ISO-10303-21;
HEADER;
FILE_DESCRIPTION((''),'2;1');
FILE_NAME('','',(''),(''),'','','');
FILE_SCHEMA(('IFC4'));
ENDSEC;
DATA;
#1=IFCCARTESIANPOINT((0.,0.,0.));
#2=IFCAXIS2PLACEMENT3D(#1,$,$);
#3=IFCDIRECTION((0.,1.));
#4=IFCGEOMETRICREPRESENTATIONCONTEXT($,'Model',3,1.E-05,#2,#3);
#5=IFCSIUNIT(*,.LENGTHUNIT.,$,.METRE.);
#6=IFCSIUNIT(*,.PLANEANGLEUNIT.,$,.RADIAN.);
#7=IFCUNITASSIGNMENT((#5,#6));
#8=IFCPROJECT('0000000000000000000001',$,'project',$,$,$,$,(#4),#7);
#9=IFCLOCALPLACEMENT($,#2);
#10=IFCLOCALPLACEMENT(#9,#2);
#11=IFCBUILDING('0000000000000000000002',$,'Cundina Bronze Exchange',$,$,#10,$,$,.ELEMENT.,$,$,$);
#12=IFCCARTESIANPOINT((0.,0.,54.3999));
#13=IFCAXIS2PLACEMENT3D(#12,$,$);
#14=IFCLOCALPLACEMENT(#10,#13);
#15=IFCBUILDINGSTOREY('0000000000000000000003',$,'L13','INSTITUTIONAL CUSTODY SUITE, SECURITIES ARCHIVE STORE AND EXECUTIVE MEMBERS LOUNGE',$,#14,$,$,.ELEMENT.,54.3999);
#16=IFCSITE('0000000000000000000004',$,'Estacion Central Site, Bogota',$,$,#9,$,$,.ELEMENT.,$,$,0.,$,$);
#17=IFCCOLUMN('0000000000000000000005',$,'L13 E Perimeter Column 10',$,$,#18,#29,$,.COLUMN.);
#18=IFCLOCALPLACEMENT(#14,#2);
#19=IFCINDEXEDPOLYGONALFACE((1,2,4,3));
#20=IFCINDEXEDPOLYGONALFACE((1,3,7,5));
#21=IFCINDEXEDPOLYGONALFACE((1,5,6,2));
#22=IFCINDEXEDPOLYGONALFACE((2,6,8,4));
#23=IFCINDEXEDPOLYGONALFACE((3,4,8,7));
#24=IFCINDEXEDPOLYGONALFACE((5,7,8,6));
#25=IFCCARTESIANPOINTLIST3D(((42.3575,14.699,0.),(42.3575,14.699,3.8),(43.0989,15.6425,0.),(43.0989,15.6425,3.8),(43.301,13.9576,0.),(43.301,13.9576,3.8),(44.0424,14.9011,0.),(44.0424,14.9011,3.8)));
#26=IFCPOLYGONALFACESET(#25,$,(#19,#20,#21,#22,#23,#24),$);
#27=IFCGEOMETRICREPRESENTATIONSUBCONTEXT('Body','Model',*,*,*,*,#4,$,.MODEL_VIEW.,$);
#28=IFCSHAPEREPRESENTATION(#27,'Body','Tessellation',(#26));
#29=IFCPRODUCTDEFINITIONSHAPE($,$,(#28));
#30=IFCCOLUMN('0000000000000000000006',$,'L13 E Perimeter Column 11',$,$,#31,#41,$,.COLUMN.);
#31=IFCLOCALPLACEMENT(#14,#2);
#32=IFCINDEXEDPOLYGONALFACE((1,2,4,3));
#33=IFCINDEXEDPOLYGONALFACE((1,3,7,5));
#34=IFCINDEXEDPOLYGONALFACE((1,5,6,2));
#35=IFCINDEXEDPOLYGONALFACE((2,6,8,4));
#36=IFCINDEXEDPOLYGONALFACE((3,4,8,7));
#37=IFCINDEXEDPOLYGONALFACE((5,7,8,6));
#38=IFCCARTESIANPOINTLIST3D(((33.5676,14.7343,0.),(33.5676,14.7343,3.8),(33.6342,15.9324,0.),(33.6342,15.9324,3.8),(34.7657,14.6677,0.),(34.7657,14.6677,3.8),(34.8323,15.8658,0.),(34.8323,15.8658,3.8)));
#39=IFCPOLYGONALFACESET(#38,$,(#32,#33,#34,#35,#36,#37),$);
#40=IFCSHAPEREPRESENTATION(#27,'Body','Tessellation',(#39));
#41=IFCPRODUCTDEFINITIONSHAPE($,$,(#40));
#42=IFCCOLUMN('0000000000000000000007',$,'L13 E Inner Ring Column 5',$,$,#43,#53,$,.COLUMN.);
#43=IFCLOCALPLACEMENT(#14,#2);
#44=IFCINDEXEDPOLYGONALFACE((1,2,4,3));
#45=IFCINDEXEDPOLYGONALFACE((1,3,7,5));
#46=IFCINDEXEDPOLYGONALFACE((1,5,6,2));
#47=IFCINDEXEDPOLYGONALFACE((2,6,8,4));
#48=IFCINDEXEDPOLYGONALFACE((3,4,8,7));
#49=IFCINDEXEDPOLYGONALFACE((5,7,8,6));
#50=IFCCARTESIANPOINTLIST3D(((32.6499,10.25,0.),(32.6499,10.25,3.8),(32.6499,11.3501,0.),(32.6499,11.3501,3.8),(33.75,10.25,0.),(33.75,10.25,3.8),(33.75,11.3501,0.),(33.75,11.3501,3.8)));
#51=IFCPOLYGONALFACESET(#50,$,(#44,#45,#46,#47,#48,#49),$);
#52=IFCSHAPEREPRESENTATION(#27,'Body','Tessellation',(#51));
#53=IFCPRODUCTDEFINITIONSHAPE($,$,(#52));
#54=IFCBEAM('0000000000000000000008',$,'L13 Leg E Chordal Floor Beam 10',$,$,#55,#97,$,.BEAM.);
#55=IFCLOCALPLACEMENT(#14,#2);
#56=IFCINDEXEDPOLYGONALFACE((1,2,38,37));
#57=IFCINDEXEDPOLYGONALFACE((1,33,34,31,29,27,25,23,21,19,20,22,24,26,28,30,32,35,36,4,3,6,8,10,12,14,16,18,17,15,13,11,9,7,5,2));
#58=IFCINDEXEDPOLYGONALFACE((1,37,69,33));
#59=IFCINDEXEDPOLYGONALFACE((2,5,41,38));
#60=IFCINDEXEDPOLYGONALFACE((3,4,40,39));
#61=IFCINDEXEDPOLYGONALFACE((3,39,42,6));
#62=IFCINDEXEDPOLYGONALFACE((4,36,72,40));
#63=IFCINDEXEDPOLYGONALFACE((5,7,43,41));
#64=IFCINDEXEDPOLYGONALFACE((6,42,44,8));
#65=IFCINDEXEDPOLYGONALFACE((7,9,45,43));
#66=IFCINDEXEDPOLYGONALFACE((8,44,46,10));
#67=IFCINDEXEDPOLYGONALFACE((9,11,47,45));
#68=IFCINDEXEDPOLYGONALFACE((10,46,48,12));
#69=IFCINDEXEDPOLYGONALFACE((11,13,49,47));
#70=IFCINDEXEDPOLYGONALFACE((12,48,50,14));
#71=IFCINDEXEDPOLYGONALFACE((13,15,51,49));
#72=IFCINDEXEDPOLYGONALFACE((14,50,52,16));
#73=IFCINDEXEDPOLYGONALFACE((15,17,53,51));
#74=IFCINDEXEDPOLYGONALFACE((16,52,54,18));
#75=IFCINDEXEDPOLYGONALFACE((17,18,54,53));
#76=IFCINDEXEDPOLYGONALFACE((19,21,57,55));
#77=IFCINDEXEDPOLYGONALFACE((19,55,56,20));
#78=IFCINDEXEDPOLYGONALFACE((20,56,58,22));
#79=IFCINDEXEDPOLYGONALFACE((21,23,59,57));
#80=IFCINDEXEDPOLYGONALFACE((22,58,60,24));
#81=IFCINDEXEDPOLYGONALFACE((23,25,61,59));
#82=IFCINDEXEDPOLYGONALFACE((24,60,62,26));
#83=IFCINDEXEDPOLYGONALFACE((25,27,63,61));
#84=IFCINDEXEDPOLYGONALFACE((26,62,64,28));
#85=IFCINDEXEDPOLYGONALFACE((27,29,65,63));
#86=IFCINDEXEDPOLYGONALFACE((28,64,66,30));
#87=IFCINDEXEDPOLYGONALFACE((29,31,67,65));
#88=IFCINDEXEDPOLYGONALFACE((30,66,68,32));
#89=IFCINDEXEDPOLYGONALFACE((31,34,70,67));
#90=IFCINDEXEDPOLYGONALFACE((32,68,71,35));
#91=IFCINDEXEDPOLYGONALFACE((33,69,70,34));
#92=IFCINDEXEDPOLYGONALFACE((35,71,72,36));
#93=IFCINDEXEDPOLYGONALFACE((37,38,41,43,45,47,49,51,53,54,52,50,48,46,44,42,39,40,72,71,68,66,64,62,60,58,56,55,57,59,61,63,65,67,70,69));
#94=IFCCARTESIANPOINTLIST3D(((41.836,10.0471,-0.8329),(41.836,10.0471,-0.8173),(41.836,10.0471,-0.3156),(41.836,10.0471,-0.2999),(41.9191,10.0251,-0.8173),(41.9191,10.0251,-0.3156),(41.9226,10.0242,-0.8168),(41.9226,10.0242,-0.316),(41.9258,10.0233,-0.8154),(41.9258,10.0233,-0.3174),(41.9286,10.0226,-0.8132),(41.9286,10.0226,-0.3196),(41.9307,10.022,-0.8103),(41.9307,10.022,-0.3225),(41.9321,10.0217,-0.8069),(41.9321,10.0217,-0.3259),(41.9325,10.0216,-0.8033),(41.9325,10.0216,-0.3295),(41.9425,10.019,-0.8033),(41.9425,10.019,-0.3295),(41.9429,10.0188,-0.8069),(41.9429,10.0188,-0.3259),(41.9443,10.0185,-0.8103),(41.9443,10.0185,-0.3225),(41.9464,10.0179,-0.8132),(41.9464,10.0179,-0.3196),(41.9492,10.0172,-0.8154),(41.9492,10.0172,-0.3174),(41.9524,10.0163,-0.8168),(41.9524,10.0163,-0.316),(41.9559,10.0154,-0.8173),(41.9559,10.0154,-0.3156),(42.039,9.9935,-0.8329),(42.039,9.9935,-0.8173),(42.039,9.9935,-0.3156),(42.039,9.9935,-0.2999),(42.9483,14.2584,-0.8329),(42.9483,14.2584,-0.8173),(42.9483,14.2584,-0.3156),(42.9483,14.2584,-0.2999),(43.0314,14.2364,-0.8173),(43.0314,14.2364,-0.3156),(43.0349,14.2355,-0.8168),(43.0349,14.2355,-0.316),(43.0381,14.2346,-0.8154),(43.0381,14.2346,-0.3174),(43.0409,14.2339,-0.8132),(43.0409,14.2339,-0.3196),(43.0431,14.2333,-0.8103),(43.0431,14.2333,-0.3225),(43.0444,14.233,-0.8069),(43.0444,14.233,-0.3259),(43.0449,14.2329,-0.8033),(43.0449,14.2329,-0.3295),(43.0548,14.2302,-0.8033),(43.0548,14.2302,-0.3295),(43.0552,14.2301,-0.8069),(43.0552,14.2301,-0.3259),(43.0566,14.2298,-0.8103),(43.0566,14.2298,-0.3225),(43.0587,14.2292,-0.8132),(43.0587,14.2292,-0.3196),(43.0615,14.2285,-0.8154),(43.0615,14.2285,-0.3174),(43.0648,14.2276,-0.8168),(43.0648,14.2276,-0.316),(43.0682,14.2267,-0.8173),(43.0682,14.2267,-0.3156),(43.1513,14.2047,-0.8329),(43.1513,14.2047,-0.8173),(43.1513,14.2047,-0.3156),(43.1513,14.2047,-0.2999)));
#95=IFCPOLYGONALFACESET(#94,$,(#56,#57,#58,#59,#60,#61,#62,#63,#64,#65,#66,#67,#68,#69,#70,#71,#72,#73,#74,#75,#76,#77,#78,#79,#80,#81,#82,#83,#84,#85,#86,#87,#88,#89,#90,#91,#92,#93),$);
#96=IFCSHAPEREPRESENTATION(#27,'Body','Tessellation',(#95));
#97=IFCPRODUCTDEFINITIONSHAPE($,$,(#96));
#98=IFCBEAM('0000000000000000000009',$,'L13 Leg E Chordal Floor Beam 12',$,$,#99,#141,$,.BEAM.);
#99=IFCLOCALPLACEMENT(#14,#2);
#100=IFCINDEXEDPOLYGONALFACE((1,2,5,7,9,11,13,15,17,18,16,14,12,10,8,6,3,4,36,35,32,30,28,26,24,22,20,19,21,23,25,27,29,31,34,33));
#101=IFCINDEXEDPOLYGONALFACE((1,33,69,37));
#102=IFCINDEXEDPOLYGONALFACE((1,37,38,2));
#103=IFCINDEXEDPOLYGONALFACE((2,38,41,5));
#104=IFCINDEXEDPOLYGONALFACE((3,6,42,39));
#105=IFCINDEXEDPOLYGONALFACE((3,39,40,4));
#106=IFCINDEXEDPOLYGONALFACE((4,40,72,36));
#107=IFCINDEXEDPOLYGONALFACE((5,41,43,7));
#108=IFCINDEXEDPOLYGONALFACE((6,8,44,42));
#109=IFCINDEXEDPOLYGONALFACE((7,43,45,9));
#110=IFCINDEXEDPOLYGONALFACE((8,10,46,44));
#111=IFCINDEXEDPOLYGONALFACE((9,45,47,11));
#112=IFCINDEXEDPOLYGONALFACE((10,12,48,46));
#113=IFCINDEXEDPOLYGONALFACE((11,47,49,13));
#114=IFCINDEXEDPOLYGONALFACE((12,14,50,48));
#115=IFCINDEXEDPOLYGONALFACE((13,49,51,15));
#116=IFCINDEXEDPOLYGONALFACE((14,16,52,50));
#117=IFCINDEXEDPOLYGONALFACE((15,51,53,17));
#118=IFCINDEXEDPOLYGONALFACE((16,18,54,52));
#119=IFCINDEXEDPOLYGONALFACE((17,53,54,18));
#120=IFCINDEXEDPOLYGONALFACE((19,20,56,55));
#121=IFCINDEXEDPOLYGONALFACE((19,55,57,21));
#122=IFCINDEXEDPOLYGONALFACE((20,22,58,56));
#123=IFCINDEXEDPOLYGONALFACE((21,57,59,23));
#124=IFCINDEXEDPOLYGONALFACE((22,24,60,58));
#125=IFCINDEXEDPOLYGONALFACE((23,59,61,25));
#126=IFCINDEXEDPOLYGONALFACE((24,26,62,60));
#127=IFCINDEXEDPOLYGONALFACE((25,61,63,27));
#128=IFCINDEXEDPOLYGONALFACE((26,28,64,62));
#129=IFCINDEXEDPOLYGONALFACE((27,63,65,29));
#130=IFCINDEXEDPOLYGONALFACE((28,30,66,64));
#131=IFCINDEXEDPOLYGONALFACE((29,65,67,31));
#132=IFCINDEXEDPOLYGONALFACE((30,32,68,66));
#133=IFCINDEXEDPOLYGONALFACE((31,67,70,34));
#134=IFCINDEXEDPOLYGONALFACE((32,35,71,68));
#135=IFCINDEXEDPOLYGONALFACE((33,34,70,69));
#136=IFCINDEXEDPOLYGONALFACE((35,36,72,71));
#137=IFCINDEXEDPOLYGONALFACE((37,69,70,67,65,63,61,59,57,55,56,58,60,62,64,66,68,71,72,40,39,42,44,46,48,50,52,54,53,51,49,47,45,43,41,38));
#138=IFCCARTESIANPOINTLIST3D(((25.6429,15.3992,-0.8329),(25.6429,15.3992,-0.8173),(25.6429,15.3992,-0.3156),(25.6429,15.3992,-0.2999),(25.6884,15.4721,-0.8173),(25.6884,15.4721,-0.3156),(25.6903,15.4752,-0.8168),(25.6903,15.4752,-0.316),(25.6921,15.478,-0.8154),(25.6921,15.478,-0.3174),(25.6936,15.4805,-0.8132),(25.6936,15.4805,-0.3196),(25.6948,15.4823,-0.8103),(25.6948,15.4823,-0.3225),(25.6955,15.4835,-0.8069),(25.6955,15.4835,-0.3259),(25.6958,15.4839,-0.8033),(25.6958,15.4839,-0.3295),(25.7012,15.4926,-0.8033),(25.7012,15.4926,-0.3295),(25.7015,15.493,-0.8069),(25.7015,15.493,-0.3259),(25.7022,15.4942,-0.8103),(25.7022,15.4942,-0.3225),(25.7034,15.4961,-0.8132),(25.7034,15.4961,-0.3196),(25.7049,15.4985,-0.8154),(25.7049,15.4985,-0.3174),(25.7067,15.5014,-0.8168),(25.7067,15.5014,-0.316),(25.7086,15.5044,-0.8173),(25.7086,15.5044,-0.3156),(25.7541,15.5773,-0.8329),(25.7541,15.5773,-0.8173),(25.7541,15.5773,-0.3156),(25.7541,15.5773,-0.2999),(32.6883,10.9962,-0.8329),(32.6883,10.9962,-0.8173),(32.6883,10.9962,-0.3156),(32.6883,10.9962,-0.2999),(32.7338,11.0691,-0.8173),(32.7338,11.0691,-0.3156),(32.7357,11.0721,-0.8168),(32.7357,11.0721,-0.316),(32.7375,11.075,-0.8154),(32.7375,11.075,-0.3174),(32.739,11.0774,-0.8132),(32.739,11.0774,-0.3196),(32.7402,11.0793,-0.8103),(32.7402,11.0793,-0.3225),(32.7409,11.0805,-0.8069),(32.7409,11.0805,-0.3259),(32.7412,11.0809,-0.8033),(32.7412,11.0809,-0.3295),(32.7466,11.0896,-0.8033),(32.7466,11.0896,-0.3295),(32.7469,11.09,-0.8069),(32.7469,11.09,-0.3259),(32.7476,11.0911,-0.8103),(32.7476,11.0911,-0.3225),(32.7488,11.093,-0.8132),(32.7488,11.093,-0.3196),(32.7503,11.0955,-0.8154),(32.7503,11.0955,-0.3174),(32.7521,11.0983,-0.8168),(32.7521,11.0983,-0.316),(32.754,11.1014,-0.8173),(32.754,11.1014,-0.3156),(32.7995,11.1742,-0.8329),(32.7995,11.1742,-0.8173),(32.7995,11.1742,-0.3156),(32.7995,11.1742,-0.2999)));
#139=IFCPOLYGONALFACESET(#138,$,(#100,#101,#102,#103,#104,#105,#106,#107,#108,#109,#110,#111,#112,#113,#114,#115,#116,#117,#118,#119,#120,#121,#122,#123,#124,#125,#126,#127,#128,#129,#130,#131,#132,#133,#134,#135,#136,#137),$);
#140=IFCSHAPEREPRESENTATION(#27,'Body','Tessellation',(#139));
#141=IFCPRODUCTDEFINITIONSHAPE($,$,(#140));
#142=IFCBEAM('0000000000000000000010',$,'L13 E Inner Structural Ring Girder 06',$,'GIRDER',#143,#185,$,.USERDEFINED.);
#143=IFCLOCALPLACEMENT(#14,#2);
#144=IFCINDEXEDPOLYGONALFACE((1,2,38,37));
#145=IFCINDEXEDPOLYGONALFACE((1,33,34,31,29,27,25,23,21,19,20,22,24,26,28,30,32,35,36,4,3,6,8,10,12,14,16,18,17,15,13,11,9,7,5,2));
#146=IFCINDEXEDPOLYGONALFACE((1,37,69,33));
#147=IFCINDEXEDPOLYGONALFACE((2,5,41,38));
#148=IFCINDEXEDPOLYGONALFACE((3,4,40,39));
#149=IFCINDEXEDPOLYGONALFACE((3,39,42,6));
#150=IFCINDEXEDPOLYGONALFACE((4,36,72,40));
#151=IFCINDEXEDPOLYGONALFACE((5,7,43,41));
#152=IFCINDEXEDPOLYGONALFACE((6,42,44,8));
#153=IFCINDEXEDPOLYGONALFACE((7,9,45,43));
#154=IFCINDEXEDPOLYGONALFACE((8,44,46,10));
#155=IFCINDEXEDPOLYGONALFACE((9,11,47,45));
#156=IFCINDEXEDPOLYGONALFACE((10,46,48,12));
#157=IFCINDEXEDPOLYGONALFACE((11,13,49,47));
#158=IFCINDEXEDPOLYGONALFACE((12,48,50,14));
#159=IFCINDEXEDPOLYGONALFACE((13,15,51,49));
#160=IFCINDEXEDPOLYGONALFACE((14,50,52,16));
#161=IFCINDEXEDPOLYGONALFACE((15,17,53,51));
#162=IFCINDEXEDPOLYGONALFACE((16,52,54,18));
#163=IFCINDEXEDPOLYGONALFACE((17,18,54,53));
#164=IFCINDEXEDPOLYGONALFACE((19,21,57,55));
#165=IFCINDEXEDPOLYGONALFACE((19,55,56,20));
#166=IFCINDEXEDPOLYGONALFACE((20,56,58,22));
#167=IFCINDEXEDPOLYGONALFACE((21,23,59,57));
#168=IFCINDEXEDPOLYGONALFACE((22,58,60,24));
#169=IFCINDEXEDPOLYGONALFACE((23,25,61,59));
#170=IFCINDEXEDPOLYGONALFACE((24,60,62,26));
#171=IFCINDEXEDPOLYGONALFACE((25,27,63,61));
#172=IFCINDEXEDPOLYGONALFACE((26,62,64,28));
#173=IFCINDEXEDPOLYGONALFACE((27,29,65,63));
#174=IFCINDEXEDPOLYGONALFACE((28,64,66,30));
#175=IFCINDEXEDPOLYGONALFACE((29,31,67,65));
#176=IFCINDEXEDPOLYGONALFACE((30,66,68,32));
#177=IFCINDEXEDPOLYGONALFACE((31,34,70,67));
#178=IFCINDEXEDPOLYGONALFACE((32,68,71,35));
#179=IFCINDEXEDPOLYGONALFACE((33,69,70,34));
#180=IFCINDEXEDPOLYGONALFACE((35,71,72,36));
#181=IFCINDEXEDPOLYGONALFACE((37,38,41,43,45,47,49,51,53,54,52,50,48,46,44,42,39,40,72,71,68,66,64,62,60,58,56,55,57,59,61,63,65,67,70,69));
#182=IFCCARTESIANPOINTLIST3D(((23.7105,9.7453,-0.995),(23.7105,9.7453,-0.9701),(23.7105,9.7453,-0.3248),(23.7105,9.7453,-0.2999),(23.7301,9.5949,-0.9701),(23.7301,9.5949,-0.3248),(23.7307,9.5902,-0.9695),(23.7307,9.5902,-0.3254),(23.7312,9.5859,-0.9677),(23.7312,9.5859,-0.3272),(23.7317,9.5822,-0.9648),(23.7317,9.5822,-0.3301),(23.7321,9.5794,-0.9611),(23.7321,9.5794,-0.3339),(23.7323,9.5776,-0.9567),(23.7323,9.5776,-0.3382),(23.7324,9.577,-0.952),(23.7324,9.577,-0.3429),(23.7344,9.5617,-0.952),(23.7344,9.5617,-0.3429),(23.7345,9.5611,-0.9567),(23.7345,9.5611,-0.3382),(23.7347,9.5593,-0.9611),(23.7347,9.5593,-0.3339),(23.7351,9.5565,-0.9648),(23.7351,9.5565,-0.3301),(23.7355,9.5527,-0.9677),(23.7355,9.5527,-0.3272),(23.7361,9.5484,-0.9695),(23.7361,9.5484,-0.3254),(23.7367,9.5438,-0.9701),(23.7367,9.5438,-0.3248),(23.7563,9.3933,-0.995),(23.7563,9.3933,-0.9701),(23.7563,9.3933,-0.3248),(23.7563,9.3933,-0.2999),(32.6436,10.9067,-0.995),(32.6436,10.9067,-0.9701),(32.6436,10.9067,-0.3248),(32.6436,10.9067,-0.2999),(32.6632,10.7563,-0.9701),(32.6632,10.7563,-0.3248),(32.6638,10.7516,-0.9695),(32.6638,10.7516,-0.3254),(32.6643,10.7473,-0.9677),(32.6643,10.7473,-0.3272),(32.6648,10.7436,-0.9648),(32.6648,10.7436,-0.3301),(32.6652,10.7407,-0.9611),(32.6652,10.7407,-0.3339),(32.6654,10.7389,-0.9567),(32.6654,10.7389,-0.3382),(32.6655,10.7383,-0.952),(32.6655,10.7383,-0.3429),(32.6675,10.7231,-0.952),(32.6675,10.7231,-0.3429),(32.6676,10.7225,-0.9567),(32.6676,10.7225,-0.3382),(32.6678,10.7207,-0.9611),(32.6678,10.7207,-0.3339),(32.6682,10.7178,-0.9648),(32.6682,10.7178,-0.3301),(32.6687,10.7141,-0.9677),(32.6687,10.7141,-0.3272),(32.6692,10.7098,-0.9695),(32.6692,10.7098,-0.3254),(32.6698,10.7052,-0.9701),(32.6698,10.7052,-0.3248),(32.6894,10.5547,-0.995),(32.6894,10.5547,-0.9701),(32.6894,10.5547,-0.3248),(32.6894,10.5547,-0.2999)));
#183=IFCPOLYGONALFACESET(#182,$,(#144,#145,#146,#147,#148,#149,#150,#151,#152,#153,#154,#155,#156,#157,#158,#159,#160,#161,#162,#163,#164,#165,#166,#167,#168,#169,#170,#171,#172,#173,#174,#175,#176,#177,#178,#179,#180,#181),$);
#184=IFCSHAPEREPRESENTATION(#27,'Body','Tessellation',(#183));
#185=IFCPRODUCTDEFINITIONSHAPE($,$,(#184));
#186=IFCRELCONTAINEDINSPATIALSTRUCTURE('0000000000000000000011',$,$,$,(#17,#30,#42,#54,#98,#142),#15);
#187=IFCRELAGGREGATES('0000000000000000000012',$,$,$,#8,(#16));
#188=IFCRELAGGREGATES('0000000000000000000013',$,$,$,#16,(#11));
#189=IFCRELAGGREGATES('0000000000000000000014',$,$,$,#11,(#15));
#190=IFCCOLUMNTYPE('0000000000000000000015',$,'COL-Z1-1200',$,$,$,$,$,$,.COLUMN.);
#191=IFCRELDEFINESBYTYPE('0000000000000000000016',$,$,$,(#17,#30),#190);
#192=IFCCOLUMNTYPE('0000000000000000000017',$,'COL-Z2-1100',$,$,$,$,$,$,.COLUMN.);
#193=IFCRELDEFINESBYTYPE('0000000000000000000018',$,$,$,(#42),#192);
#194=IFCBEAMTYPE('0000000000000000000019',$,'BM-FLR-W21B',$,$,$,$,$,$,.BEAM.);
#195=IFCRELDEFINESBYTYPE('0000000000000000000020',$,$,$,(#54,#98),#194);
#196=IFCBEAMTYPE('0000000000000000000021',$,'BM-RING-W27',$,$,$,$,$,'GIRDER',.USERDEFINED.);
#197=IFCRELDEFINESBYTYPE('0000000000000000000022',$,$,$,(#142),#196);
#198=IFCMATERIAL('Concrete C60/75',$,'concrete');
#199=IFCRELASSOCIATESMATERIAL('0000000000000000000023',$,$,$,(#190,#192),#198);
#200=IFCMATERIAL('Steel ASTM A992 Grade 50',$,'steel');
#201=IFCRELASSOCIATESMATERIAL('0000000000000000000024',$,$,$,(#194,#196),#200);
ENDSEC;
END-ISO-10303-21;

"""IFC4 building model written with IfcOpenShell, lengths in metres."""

from ifc_helpers import new_model, si_unit, direction, frame, origin, origin_2d, place, context, subcontext, project, spatial, rectangle, i_section, extrude, material, material_profile, profile_set, type_object, element, save


model = new_model("IFC4")

# Units and contexts
model_context = context("Model", 3, precision=1e-05, world=origin(), true_north=direction((0.0, 1.0)))
body_context = subcontext(model_context, "Body", "Model", "MODEL_VIEW")
ifc_project = project(units=[si_unit("LENGTHUNIT", "METRE"), si_unit("PLANEANGLEUNIT", "RADIAN")], contexts=[model_context])

# Site, building, storey
site_placement = place(None, origin())
site = spatial("IfcSite", under=ifc_project, at=site_placement, Name="Estacion Central Site, Bogota", CompositionType="ELEMENT", RefElevation=0.0)
building_placement = place(site_placement, origin())
building = spatial("IfcBuilding", under=site, at=building_placement, Name="Cundina Bronze Exchange", CompositionType="ELEMENT")
storey_placement = place(building_placement, frame((0.0, 0.0, 54.3999)))
storey = spatial("IfcBuildingStorey", under=building, at=storey_placement, Name="L13", Description="INSTITUTIONAL CUSTODY SUITE, SECURITIES ARCHIVE STORE AND EXECUTIVE MEMBERS LOUNGE", CompositionType="ELEMENT", Elevation=54.3999)

# Columns
ifc_material_1 = material(Name="Concrete C60/75", Category="concrete")
ifc_material_profile_1 = material_profile(ifc_material_1, rectangle(XDim=1.2, YDim=1.2, at=origin_2d()), Name="RC1200X1200", Category="concrete")
ifc_profile_set_1 = profile_set([ifc_material_profile_1], Name="Concrete C60/75")
column_type_1 = type_object("IfcColumnType", Name="COL-Z1-1200", PredefinedType="COLUMN", material=ifc_profile_set_1)
for number, where, z_axis, x_axis, name in (
    (1, (43.2, 14.8, 0.0), (0.0, 0.0, 1.0), (-0.786288, 0.61786, 0.0), "L13 E Perimeter Column 10"),
    (2, (34.2, 15.3, 0.0), (0.0, 0.0, 1.0), (-0.99846, 0.055473, 0.0), "L13 E Perimeter Column 11"),
):
    element("IfcColumn", number, at=place(storey_placement, frame(where, z_axis=z_axis, x_axis=x_axis)), inside=storey, type_object=column_type_1, Name=name, PredefinedType="COLUMN", context=body_context, shape_type="SweptSolid", body=[
        extrude(rectangle(XDim=1.2, YDim=1.2, at=origin_2d()), origin(), (0.0, 0.0, 1.0), 3.8),
    ])
ifc_material_profile_2 = material_profile(ifc_material_1, rectangle(XDim=1.1001, YDim=1.1001, at=origin_2d()), Name="RC1100X1100", Category="concrete")
ifc_profile_set_2 = profile_set([ifc_material_profile_2], Name="Concrete C60/75")
column_type_2 = type_object("IfcColumnType", Name="COL-Z2-1100", PredefinedType="COLUMN", material=ifc_profile_set_2)
column_placement = place(storey_placement, frame((33.2, 10.8, 0.0), z_axis=(0.0, 0.0, 1.0), x_axis=(1.0, 0.0, 0.0)))
element("IfcColumn", 3, at=column_placement, inside=storey, type_object=column_type_2, Name="L13 E Inner Ring Column 5", PredefinedType="COLUMN", context=body_context, shape_type="SweptSolid", body=[
    extrude(rectangle(XDim=1.1001, YDim=1.1001, at=origin_2d()), origin(), (0.0, 0.0, 1.0), 3.8),
])

# Beams
ifc_material_2 = material(Name="Steel ASTM A992 Grade 50", Category="steel")
ifc_material_profile_3 = material_profile(ifc_material_2, i_section(OverallWidth=0.21, OverallDepth=0.533, WebThickness=0.0103, FlangeThickness=0.0156, FilletRadius=0.0139, at=origin_2d()), Name="W21X62", Category="steel")
ifc_profile_set_3 = profile_set([ifc_material_profile_3], Name="Steel ASTM A992 Grade 50")
beam_type_1 = type_object("IfcBeamType", Name="BM-FLR-W21B", PredefinedType="BEAM", material=ifc_profile_set_3)
beam_1_placement = place(storey_placement, frame((41.9375, 10.0203, -0.5664), z_axis=(0.255373, 0.966843, 0.0), x_axis=(-0.966843, 0.255373, 0.0)))
element("IfcBeam", 4, at=beam_1_placement, inside=storey, type_object=beam_type_1, Name="L13 Leg E Chordal Floor Beam 10", PredefinedType="BEAM", context=body_context, shape_type="SweptSolid", body=[
    extrude(i_section(OverallWidth=0.21, OverallDepth=0.533, WebThickness=0.0103, FlangeThickness=0.0156, FilletRadius=0.0139, at=origin_2d()), origin(), (0.0, 0.0, 1.0), 4.3557),
])
beam_2_placement = place(storey_placement, frame((32.7439, 11.0852, -0.5664), z_axis=(-0.848015, 0.529973, 0.0), x_axis=(-0.529973, -0.848015, 0.0)))
element("IfcBeam", 5, at=beam_2_placement, inside=storey, type_object=beam_type_1, Name="L13 Leg E Chordal Floor Beam 12", PredefinedType="BEAM", context=body_context, shape_type="SweptSolid", body=[
    extrude(i_section(OverallWidth=0.21, OverallDepth=0.533, WebThickness=0.0103, FlangeThickness=0.0156, FilletRadius=0.0139, at=origin_2d()), origin(), (0.0, 0.0, 1.0), 8.3081),
])
ifc_material_profile_4 = material_profile(ifc_material_2, i_section(OverallWidth=0.355, OverallDepth=0.6951, WebThickness=0.0154, FlangeThickness=0.0249, FilletRadius=0.0181, at=origin_2d()), Name="W27X146", Category="steel")
ifc_profile_set_4 = profile_set([ifc_material_profile_4], Name="Steel ASTM A992 Grade 50")
beam_type_2 = type_object("IfcBeamType", Name="BM-RING-W27", ElementType="GIRDER", PredefinedType="USERDEFINED", material=ifc_profile_set_4)
beam_3_placement = place(storey_placement, frame((32.6665, 10.7307, -0.6475), z_axis=(-0.991655, -0.128923, 0.0), x_axis=(0.128923, -0.991655, 0.0)))
element("IfcBeam", 6, at=beam_3_placement, inside=storey, type_object=beam_type_2, Name="L13 E Inner Structural Ring Girder 06", ObjectType="GIRDER", PredefinedType="USERDEFINED", context=body_context, shape_type="SweptSolid", body=[
    extrude(i_section(OverallWidth=0.355, OverallDepth=0.6951, WebThickness=0.0154, FlangeThickness=0.0249, FilletRadius=0.0181, at=origin_2d()), origin(), (0.0, 0.0, 1.0), 9.0083),
])

save(model, "model.ifc")
